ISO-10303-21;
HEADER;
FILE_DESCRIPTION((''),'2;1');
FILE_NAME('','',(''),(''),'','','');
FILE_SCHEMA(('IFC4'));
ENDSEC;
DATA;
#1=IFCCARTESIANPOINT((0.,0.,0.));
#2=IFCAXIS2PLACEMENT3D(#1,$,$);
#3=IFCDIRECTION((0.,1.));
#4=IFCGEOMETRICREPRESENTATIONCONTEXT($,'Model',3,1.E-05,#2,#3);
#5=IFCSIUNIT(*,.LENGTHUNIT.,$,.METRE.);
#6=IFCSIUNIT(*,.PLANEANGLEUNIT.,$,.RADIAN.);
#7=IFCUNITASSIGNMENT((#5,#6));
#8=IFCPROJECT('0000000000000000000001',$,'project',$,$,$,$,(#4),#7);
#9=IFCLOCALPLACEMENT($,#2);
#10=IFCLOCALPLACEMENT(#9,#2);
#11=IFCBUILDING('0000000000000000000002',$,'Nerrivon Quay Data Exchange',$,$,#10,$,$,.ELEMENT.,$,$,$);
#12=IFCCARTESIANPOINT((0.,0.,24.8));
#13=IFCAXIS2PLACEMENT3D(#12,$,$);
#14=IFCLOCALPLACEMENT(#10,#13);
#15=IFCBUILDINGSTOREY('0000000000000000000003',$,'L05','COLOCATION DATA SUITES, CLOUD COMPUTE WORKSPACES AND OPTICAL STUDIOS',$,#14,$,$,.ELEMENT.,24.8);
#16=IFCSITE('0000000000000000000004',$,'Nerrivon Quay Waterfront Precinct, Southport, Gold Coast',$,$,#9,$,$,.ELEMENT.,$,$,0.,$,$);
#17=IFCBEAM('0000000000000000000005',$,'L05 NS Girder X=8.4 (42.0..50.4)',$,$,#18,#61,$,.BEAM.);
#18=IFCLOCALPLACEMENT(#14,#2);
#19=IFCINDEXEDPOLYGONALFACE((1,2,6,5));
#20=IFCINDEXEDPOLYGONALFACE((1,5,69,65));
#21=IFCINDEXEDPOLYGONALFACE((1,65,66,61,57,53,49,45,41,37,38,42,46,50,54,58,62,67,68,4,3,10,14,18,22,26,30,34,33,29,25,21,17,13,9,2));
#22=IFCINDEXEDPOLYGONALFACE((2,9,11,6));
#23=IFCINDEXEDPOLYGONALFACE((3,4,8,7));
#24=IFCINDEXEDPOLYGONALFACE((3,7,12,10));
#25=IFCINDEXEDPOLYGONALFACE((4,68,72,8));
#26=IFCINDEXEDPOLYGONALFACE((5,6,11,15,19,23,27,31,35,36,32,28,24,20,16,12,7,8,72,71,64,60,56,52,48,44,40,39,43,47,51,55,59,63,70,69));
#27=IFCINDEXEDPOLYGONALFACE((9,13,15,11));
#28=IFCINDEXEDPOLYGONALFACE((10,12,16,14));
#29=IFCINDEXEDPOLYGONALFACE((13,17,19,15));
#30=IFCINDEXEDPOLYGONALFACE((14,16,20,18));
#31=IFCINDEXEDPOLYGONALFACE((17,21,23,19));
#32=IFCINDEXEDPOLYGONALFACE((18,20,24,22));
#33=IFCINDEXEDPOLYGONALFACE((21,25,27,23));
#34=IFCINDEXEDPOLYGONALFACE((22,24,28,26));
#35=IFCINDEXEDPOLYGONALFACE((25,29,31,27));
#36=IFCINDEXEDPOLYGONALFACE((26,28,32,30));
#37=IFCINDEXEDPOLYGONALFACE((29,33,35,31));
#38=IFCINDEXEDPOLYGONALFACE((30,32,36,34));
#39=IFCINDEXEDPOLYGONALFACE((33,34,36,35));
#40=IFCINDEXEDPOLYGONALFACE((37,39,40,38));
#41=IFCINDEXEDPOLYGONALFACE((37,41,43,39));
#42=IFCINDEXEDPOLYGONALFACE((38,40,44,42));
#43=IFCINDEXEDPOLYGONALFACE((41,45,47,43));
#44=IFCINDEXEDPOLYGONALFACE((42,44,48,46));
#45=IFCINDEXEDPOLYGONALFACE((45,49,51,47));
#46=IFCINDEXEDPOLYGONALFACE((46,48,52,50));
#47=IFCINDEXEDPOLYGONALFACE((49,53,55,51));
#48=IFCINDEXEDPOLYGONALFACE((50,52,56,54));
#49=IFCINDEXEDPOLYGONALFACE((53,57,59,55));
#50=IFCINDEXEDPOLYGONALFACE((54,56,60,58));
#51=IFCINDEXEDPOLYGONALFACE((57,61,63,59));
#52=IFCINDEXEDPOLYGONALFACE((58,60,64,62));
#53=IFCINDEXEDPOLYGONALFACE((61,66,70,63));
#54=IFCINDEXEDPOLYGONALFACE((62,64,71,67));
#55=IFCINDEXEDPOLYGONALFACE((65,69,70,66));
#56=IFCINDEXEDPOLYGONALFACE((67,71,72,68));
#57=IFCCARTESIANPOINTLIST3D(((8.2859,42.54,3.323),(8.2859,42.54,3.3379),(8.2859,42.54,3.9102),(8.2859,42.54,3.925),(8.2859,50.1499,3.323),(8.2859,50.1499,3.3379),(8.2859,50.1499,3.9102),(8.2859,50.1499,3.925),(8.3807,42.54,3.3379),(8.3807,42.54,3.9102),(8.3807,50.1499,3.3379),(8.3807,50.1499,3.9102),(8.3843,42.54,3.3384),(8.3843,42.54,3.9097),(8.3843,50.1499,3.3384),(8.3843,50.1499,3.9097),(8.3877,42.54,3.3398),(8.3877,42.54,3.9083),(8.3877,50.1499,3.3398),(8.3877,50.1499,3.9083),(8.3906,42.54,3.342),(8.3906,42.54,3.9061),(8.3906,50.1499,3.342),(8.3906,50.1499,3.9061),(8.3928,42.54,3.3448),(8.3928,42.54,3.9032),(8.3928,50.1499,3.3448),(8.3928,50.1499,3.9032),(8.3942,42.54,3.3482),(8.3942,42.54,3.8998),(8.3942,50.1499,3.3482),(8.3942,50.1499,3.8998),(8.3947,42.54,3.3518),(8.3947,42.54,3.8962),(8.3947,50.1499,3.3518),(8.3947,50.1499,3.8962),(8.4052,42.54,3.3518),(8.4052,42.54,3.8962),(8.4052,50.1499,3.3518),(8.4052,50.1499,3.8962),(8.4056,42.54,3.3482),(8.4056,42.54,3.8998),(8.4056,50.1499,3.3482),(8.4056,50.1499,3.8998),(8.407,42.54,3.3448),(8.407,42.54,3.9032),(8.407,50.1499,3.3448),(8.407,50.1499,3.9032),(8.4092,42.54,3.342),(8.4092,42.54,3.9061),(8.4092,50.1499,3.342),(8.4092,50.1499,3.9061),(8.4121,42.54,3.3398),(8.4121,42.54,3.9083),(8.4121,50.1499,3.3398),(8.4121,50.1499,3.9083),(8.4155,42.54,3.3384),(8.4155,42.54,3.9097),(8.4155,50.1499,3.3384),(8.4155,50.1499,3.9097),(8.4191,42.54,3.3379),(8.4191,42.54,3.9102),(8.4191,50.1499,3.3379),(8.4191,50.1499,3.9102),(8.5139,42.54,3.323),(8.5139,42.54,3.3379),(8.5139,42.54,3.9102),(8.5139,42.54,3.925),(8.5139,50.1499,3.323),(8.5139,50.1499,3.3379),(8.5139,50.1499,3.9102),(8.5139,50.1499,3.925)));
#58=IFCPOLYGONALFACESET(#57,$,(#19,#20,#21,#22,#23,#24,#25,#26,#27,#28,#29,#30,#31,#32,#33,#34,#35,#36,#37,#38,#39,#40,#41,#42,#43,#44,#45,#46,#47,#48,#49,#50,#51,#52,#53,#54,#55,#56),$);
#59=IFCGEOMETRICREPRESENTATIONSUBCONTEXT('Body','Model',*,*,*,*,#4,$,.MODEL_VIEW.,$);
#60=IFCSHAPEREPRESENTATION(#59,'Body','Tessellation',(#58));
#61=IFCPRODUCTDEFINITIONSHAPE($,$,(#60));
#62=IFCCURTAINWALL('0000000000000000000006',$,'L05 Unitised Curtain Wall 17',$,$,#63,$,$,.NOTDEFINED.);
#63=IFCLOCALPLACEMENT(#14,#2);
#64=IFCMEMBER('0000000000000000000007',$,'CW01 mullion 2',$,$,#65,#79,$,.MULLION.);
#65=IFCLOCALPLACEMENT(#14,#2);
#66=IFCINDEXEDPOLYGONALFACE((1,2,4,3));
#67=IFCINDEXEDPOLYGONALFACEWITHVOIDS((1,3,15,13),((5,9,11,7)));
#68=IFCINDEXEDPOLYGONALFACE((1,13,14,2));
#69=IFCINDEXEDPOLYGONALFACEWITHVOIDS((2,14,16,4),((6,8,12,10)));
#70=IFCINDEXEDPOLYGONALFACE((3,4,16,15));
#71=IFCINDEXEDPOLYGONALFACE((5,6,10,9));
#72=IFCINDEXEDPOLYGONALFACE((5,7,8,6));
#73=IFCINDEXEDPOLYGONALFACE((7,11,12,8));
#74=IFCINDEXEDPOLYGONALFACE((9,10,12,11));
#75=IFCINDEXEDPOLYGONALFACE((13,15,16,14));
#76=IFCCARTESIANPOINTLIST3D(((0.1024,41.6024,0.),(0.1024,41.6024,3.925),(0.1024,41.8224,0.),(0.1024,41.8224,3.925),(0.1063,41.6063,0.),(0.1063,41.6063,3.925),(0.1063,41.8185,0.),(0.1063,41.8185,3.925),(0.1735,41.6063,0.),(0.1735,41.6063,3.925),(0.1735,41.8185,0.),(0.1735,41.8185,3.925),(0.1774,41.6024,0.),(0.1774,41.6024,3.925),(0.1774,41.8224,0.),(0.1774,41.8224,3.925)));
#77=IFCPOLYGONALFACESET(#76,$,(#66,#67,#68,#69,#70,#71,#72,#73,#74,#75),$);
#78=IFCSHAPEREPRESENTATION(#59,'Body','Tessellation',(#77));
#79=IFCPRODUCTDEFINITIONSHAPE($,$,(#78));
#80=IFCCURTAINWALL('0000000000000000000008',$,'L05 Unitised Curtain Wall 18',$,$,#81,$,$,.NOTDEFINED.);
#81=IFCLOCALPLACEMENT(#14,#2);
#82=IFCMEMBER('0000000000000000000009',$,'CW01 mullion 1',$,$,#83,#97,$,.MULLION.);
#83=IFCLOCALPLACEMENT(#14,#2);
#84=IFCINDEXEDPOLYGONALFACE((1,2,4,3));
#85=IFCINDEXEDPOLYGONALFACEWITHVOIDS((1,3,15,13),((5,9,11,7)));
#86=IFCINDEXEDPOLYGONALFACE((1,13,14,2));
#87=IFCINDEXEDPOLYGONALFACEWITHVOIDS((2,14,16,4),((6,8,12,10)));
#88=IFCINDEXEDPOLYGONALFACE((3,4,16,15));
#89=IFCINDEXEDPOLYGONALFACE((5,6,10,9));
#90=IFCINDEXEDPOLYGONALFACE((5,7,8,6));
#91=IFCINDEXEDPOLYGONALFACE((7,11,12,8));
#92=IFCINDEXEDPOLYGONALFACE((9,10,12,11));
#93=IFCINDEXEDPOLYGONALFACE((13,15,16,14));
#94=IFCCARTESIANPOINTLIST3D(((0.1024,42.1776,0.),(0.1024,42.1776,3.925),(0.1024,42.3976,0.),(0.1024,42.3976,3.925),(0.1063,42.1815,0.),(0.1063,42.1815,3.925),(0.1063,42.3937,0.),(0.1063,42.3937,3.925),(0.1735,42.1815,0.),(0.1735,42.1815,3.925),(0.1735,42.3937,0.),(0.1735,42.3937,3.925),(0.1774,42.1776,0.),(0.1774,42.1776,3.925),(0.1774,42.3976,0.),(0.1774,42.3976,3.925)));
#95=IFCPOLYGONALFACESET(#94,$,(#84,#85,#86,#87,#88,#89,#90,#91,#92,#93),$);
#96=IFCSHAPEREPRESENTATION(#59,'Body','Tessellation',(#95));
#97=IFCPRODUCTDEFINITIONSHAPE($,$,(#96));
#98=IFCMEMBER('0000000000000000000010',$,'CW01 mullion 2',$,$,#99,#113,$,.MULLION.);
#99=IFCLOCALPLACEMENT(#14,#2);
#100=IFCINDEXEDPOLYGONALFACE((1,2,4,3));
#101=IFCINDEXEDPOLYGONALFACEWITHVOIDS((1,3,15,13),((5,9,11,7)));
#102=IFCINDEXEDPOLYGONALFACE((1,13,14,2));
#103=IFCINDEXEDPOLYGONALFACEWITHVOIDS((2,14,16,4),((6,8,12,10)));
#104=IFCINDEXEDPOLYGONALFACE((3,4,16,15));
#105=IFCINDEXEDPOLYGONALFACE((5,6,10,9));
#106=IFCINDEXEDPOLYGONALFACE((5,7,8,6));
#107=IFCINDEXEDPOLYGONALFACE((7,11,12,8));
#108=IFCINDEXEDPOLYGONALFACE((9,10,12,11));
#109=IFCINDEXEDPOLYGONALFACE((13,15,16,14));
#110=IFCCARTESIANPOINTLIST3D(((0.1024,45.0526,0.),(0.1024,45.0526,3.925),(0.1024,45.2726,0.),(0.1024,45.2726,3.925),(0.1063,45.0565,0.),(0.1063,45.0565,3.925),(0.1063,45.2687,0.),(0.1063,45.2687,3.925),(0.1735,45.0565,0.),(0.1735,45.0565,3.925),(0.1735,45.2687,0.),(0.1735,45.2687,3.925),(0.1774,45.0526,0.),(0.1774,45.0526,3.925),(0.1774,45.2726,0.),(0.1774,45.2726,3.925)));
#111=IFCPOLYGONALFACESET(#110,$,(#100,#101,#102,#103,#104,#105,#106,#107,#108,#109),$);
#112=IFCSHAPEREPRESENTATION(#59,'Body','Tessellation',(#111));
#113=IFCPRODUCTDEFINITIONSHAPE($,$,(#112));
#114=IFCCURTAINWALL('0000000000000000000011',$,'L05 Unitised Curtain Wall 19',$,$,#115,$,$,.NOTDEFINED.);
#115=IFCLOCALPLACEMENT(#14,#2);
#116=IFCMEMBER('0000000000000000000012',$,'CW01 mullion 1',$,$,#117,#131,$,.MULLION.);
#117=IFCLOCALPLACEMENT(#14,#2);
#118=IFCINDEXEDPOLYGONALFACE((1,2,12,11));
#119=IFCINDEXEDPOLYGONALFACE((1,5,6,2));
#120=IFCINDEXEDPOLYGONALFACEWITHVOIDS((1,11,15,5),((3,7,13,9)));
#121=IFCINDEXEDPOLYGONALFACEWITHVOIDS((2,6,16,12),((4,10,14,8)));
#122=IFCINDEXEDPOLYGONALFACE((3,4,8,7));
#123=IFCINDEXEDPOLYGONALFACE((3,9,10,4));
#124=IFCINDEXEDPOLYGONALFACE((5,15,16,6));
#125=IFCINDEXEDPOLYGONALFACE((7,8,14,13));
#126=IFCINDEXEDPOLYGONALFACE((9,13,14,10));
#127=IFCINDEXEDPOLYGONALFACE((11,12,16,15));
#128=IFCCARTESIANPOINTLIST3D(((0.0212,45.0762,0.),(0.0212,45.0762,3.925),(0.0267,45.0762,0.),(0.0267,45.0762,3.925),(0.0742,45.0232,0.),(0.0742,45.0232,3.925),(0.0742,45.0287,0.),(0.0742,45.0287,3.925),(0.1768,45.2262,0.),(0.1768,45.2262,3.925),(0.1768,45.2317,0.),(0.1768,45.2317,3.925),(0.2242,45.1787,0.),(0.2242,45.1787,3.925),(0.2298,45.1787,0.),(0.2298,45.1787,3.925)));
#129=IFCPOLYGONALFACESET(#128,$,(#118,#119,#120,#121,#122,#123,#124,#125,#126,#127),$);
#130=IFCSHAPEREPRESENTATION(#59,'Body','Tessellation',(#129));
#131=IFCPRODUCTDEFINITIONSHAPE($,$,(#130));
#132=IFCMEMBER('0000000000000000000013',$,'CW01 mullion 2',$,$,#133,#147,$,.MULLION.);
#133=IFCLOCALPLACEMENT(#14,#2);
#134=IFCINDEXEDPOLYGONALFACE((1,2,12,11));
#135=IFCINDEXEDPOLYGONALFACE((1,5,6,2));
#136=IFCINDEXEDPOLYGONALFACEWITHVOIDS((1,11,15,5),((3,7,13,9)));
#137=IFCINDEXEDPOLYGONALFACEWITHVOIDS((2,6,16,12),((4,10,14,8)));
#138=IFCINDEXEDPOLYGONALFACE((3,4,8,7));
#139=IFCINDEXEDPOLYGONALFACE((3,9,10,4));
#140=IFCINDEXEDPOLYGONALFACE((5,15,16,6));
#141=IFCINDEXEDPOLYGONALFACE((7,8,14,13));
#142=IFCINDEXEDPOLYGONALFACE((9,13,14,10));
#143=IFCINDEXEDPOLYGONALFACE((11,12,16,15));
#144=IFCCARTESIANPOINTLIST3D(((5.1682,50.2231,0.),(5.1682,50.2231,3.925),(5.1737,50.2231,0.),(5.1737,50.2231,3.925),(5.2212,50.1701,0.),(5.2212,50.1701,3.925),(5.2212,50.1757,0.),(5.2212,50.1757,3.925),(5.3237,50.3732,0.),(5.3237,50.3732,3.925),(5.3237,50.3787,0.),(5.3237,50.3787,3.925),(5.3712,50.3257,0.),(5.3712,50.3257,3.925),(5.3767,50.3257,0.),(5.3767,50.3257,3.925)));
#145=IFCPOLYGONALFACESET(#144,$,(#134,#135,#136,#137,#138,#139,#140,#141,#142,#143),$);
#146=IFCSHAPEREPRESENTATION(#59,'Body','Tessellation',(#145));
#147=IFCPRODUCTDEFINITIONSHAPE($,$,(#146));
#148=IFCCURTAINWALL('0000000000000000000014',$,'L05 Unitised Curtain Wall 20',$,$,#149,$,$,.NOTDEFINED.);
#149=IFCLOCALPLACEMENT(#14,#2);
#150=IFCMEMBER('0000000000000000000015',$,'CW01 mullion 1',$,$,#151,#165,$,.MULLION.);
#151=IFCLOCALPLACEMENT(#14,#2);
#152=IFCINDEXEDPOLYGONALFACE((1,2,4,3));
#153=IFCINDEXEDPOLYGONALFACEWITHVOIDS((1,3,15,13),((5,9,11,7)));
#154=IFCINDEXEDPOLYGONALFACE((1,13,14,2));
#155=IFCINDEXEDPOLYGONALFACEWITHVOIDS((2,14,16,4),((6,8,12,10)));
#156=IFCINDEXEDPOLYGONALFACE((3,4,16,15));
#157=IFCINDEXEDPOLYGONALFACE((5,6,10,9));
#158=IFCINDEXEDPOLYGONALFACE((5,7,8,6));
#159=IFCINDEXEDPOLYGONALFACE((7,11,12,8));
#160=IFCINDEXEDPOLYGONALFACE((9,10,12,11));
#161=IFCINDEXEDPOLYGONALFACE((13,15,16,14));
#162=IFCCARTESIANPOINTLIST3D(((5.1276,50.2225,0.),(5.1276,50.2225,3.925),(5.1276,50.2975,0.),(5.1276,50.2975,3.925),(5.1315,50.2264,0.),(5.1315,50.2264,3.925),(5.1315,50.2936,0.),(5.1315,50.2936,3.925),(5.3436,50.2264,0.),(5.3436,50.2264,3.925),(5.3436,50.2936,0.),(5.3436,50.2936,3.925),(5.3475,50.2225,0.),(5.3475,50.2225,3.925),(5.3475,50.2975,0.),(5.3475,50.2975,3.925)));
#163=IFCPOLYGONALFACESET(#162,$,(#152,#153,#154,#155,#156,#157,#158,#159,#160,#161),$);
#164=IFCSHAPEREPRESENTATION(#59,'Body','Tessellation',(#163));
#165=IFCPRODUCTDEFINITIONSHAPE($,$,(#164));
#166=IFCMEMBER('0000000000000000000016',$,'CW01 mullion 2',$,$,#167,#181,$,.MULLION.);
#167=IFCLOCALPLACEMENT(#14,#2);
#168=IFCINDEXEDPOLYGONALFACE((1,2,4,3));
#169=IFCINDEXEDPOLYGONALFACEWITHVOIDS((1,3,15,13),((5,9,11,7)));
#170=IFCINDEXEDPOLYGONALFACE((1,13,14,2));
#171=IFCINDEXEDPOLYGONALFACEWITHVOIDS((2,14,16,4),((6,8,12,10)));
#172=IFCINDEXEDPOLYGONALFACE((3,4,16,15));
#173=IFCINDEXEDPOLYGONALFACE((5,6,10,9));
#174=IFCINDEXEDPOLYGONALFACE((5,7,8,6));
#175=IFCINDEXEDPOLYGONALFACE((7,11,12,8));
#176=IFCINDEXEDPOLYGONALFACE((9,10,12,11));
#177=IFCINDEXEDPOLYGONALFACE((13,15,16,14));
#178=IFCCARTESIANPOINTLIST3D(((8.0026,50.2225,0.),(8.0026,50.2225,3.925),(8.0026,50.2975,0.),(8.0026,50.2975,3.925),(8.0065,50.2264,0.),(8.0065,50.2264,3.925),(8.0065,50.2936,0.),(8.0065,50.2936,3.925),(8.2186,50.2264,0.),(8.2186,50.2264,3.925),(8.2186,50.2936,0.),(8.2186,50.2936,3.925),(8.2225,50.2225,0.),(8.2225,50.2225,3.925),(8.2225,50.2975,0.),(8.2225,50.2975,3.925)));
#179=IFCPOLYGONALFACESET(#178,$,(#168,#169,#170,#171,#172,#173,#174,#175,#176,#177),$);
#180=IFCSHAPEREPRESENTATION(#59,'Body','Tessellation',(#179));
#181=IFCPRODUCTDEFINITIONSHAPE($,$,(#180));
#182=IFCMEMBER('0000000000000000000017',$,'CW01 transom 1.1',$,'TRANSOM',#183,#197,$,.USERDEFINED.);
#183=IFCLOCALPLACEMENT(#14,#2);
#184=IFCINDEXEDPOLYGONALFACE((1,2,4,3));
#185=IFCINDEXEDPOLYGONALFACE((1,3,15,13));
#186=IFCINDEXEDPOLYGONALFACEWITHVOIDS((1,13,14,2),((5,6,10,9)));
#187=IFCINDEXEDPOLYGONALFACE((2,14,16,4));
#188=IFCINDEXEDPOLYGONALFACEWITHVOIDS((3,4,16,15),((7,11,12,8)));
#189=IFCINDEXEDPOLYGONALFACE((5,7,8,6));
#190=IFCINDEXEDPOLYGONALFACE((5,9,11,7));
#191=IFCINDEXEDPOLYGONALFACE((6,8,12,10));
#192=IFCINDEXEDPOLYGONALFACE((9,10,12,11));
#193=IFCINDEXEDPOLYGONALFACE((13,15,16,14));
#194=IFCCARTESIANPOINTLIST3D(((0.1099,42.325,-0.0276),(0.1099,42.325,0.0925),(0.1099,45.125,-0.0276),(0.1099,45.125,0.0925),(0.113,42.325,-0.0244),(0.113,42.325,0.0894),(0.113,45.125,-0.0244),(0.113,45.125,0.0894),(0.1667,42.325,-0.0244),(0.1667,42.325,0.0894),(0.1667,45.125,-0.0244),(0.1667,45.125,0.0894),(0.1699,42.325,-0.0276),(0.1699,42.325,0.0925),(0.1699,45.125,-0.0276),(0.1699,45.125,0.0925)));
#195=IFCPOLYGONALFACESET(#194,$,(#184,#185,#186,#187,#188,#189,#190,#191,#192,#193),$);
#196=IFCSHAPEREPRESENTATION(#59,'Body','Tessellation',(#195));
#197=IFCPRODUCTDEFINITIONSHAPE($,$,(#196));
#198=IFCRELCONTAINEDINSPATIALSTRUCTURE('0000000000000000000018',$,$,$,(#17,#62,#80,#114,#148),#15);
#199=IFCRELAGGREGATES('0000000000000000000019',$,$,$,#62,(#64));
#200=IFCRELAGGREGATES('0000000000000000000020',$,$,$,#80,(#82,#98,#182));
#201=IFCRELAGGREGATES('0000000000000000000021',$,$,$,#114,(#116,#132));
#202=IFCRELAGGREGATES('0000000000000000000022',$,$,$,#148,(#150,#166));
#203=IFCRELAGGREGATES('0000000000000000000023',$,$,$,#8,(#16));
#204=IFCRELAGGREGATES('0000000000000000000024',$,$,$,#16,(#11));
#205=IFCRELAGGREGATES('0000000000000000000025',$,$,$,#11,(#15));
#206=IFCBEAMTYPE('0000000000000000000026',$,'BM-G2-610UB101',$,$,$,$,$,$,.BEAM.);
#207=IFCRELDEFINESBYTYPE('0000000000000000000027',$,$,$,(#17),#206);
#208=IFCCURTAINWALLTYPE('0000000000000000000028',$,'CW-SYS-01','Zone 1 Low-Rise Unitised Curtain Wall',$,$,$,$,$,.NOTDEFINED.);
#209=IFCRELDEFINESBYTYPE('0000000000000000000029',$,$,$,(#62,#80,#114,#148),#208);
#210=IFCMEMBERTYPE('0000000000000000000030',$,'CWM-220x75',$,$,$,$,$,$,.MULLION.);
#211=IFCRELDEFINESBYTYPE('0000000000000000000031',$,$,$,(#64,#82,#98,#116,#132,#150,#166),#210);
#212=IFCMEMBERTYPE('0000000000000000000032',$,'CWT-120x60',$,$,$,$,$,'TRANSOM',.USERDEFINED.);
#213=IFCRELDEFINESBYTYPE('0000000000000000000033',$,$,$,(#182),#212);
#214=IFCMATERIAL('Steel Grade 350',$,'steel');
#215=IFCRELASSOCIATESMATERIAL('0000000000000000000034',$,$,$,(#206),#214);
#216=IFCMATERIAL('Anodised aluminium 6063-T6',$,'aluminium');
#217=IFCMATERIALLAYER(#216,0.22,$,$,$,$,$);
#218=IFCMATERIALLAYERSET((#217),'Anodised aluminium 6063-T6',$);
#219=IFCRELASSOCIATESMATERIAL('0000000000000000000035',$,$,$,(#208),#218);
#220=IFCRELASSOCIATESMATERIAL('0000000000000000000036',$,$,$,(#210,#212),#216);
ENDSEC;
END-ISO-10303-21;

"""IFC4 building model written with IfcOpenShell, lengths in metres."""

from ifc_helpers import new_model, si_unit, direction, frame, origin, origin_2d, place, context, subcontext, project, spatial, hollow_rectangle, i_section, extrude, material, layer, layer_set, material_profile, profile_set, type_object, element, aggregate, save


model = new_model("IFC4")

# Units and contexts
model_context = context("Model", 3, precision=1e-05, world=origin(), true_north=direction((0.0, 1.0)))
body_context = subcontext(model_context, "Body", "Model", "MODEL_VIEW")
ifc_project = project(units=[si_unit("LENGTHUNIT", "METRE"), si_unit("PLANEANGLEUNIT", "RADIAN")], contexts=[model_context])

# Site, building, storey
site_placement = place(None, origin())
site = spatial("IfcSite", under=ifc_project, at=site_placement, Name="Nerrivon Quay Waterfront Precinct, Southport, Gold Coast", CompositionType="ELEMENT", RefElevation=0.0)
building_placement = place(site_placement, origin())
building = spatial("IfcBuilding", under=site, at=building_placement, Name="Nerrivon Quay Data Exchange", CompositionType="ELEMENT")
storey_placement = place(building_placement, frame((0.0, 0.0, 24.8)))
storey = spatial("IfcBuildingStorey", under=building, at=storey_placement, Name="L05", Description="COLOCATION DATA SUITES, CLOUD COMPUTE WORKSPACES AND OPTICAL STUDIOS", CompositionType="ELEMENT", Elevation=24.8)

# Shared definitions
ifc_material_1 = material(Name="Steel Grade 350", Category="steel")

# Beam
ifc_material_profile_1 = material_profile(ifc_material_1, i_section(OverallWidth=0.228, OverallDepth=0.6021, WebThickness=0.0105, FlangeThickness=0.0149, FilletRadius=0.0139, at=origin_2d()), Name="610UB101")
ifc_profile_set_1 = profile_set([ifc_material_profile_1], Name="Steel Grade 350")
beam_type_1 = type_object("IfcBeamType", Name="BM-G2-610UB101", PredefinedType="BEAM", material=ifc_profile_set_1)
beam_1_placement = place(storey_placement, frame((8.3999, 42.54, 3.624), z_axis=(0.0, 1.0, 0.0), x_axis=(-1.0, 0.0, 0.0)))
element("IfcBeam", 1, at=beam_1_placement, inside=storey, type_object=beam_type_1, Name="L05 NS Girder X=8.4 (42.0..50.4)", PredefinedType="BEAM", context=body_context, shape_type="SweptSolid", body=[
    extrude(i_section(OverallWidth=0.228, OverallDepth=0.6021, WebThickness=0.0105, FlangeThickness=0.0149, FilletRadius=0.0139, at=origin_2d()), origin(), (0.0, 0.0, 1.0), 7.6099),
])

# Curtain wall, member
ifc_material_2 = material(Name="Anodised aluminium 6063-T6", Category="aluminium")
ifc_layer_1 = layer(ifc_material_2, 0.22)
ifc_layer_set_1 = layer_set([ifc_layer_1], Name="Anodised aluminium 6063-T6")
curtain_wall_type = type_object("IfcCurtainWallType", Name="CW-SYS-01", Description="Zone 1 Low-Rise Unitised Curtain Wall", PredefinedType="NOTDEFINED", material=ifc_layer_set_1)
curtain_wall_1_placement = place(storey_placement, origin())
curtain_wall_1 = element("IfcCurtainWall", 2, at=curtain_wall_1_placement, inside=storey, type_object=curtain_wall_type, Name="L05 Unitised Curtain Wall 17", PredefinedType="NOTDEFINED")
ifc_material_profile_2 = material_profile(ifc_material_2, hollow_rectangle(XDim=0.075, YDim=0.22, WallThickness=0.0039, at=origin_2d()), Name="ALU-MULL-220x75")
ifc_profile_set_2 = profile_set([ifc_material_profile_2], Name="Anodised aluminium 6063-T6")
member_type_1 = type_object("IfcMemberType", Name="CWM-220x75", PredefinedType="MULLION", material=ifc_profile_set_2)
member_1_placement = place(storey_placement, frame((0.1399, 41.7124, 0.0), z_axis=(0.0, 0.0, 1.0), x_axis=(-1.0, 0.0, 0.0)))
member_1 = element("IfcMember", 3, at=member_1_placement, type_object=member_type_1, Name="CW01 mullion 2", PredefinedType="MULLION", context=body_context, shape_type="SweptSolid", body=[
    extrude(hollow_rectangle(XDim=0.075, YDim=0.22, WallThickness=0.0039, at=origin_2d()), origin(), (0.0, 0.0, 1.0), 3.925),
])

# Curtain walls, members
curtain_wall_2_placement = place(storey_placement, origin())
curtain_wall_2 = element("IfcCurtainWall", 4, at=curtain_wall_2_placement, inside=storey, type_object=curtain_wall_type, Name="L05 Unitised Curtain Wall 18", PredefinedType="NOTDEFINED")
member_2_placement = place(storey_placement, frame((0.1399, 42.2876, 0.0), z_axis=(0.0, 0.0, 1.0), x_axis=(-1.0, 0.0, 0.0)))
member_2 = element("IfcMember", 5, at=member_2_placement, type_object=member_type_1, Name="CW01 mullion 1", PredefinedType="MULLION", context=body_context, shape_type="SweptSolid", body=[
    extrude(hollow_rectangle(XDim=0.075, YDim=0.22, WallThickness=0.0039, at=origin_2d()), origin(), (0.0, 0.0, 1.0), 3.925),
])
member_3_placement = place(storey_placement, frame((0.1399, 45.1626, 0.0), z_axis=(0.0, 0.0, 1.0), x_axis=(-1.0, 0.0, 0.0)))
member_3 = element("IfcMember", 6, at=member_3_placement, type_object=member_type_1, Name="CW01 mullion 2", PredefinedType="MULLION", context=body_context, shape_type="SweptSolid", body=[
    extrude(hollow_rectangle(XDim=0.075, YDim=0.22, WallThickness=0.0039, at=origin_2d()), origin(), (0.0, 0.0, 1.0), 3.925),
])
curtain_wall_3_placement = place(storey_placement, origin())
curtain_wall_3 = element("IfcCurtainWall", 7, at=curtain_wall_3_placement, inside=storey, type_object=curtain_wall_type, Name="L05 Unitised Curtain Wall 19", PredefinedType="NOTDEFINED")
member_4_placement = place(storey_placement, frame((0.1255, 45.1274, 0.0), z_axis=(0.0, 0.0, 1.0), x_axis=(-0.707107, 0.707107, 0.0)))
member_4 = element("IfcMember", 8, at=member_4_placement, type_object=member_type_1, Name="CW01 mullion 1", PredefinedType="MULLION", context=body_context, shape_type="SweptSolid", body=[
    extrude(hollow_rectangle(XDim=0.075, YDim=0.22, WallThickness=0.0039, at=origin_2d()), origin(), (0.0, 0.0, 1.0), 3.925),
])
member_5_placement = place(storey_placement, frame((5.2725, 50.2744, 0.0), z_axis=(0.0, 0.0, 1.0), x_axis=(-0.707107, 0.707107, 0.0)))
member_5 = element("IfcMember", 9, at=member_5_placement, type_object=member_type_1, Name="CW01 mullion 2", PredefinedType="MULLION", context=body_context, shape_type="SweptSolid", body=[
    extrude(hollow_rectangle(XDim=0.075, YDim=0.22, WallThickness=0.0039, at=origin_2d()), origin(), (0.0, 0.0, 1.0), 3.925),
])
curtain_wall_4_placement = place(storey_placement, origin())
curtain_wall_4 = element("IfcCurtainWall", 10, at=curtain_wall_4_placement, inside=storey, type_object=curtain_wall_type, Name="L05 Unitised Curtain Wall 20", PredefinedType="NOTDEFINED")
member_6_placement = place(storey_placement, frame((5.2375, 50.26, 0.0), z_axis=(0.0, 0.0, 1.0), x_axis=(0.0, 1.0, 0.0)))
member_6 = element("IfcMember", 11, at=member_6_placement, type_object=member_type_1, Name="CW01 mullion 1", PredefinedType="MULLION", context=body_context, shape_type="SweptSolid", body=[
    extrude(hollow_rectangle(XDim=0.075, YDim=0.22, WallThickness=0.0039, at=origin_2d()), origin(), (0.0, 0.0, 1.0), 3.925),
])
member_7_placement = place(storey_placement, frame((8.1125, 50.26, 0.0), z_axis=(0.0, 0.0, 1.0), x_axis=(0.0, 1.0, 0.0)))
member_7 = element("IfcMember", 12, at=member_7_placement, type_object=member_type_1, Name="CW01 mullion 2", PredefinedType="MULLION", context=body_context, shape_type="SweptSolid", body=[
    extrude(hollow_rectangle(XDim=0.075, YDim=0.22, WallThickness=0.0039, at=origin_2d()), origin(), (0.0, 0.0, 1.0), 3.925),
])

# Member
ifc_material_profile_3 = material_profile(ifc_material_2, hollow_rectangle(XDim=0.0601, YDim=0.1201, WallThickness=0.0032, at=origin_2d()), Name="ALU-TRAN-120x60")
ifc_profile_set_3 = profile_set([ifc_material_profile_3], Name="Anodised aluminium 6063-T6")
member_type_2 = type_object("IfcMemberType", Name="CWT-120x60", ElementType="TRANSOM", PredefinedType="USERDEFINED", material=ifc_profile_set_3)
member_8_placement = place(storey_placement, frame((0.1399, 42.325, 0.0325), z_axis=(0.0, 1.0, 0.0), x_axis=(-1.0, 0.0, 0.0)))
member_8 = element("IfcMember", 13, at=member_8_placement, type_object=member_type_2, Name="CW01 transom 1.1", ObjectType="TRANSOM", PredefinedType="USERDEFINED", context=body_context, shape_type="SweptSolid", body=[
    extrude(hollow_rectangle(XDim=0.0601, YDim=0.1201, WallThickness=0.0032, at=origin_2d()), origin(), (0.0, 0.0, 1.0), 2.8),
])

aggregate(curtain_wall_1, [member_1])
aggregate(curtain_wall_2, [member_2, member_3, member_8])
aggregate(curtain_wall_3, [member_4, member_5])
aggregate(curtain_wall_4, [member_6, member_7])

save(model, "model.ifc")
